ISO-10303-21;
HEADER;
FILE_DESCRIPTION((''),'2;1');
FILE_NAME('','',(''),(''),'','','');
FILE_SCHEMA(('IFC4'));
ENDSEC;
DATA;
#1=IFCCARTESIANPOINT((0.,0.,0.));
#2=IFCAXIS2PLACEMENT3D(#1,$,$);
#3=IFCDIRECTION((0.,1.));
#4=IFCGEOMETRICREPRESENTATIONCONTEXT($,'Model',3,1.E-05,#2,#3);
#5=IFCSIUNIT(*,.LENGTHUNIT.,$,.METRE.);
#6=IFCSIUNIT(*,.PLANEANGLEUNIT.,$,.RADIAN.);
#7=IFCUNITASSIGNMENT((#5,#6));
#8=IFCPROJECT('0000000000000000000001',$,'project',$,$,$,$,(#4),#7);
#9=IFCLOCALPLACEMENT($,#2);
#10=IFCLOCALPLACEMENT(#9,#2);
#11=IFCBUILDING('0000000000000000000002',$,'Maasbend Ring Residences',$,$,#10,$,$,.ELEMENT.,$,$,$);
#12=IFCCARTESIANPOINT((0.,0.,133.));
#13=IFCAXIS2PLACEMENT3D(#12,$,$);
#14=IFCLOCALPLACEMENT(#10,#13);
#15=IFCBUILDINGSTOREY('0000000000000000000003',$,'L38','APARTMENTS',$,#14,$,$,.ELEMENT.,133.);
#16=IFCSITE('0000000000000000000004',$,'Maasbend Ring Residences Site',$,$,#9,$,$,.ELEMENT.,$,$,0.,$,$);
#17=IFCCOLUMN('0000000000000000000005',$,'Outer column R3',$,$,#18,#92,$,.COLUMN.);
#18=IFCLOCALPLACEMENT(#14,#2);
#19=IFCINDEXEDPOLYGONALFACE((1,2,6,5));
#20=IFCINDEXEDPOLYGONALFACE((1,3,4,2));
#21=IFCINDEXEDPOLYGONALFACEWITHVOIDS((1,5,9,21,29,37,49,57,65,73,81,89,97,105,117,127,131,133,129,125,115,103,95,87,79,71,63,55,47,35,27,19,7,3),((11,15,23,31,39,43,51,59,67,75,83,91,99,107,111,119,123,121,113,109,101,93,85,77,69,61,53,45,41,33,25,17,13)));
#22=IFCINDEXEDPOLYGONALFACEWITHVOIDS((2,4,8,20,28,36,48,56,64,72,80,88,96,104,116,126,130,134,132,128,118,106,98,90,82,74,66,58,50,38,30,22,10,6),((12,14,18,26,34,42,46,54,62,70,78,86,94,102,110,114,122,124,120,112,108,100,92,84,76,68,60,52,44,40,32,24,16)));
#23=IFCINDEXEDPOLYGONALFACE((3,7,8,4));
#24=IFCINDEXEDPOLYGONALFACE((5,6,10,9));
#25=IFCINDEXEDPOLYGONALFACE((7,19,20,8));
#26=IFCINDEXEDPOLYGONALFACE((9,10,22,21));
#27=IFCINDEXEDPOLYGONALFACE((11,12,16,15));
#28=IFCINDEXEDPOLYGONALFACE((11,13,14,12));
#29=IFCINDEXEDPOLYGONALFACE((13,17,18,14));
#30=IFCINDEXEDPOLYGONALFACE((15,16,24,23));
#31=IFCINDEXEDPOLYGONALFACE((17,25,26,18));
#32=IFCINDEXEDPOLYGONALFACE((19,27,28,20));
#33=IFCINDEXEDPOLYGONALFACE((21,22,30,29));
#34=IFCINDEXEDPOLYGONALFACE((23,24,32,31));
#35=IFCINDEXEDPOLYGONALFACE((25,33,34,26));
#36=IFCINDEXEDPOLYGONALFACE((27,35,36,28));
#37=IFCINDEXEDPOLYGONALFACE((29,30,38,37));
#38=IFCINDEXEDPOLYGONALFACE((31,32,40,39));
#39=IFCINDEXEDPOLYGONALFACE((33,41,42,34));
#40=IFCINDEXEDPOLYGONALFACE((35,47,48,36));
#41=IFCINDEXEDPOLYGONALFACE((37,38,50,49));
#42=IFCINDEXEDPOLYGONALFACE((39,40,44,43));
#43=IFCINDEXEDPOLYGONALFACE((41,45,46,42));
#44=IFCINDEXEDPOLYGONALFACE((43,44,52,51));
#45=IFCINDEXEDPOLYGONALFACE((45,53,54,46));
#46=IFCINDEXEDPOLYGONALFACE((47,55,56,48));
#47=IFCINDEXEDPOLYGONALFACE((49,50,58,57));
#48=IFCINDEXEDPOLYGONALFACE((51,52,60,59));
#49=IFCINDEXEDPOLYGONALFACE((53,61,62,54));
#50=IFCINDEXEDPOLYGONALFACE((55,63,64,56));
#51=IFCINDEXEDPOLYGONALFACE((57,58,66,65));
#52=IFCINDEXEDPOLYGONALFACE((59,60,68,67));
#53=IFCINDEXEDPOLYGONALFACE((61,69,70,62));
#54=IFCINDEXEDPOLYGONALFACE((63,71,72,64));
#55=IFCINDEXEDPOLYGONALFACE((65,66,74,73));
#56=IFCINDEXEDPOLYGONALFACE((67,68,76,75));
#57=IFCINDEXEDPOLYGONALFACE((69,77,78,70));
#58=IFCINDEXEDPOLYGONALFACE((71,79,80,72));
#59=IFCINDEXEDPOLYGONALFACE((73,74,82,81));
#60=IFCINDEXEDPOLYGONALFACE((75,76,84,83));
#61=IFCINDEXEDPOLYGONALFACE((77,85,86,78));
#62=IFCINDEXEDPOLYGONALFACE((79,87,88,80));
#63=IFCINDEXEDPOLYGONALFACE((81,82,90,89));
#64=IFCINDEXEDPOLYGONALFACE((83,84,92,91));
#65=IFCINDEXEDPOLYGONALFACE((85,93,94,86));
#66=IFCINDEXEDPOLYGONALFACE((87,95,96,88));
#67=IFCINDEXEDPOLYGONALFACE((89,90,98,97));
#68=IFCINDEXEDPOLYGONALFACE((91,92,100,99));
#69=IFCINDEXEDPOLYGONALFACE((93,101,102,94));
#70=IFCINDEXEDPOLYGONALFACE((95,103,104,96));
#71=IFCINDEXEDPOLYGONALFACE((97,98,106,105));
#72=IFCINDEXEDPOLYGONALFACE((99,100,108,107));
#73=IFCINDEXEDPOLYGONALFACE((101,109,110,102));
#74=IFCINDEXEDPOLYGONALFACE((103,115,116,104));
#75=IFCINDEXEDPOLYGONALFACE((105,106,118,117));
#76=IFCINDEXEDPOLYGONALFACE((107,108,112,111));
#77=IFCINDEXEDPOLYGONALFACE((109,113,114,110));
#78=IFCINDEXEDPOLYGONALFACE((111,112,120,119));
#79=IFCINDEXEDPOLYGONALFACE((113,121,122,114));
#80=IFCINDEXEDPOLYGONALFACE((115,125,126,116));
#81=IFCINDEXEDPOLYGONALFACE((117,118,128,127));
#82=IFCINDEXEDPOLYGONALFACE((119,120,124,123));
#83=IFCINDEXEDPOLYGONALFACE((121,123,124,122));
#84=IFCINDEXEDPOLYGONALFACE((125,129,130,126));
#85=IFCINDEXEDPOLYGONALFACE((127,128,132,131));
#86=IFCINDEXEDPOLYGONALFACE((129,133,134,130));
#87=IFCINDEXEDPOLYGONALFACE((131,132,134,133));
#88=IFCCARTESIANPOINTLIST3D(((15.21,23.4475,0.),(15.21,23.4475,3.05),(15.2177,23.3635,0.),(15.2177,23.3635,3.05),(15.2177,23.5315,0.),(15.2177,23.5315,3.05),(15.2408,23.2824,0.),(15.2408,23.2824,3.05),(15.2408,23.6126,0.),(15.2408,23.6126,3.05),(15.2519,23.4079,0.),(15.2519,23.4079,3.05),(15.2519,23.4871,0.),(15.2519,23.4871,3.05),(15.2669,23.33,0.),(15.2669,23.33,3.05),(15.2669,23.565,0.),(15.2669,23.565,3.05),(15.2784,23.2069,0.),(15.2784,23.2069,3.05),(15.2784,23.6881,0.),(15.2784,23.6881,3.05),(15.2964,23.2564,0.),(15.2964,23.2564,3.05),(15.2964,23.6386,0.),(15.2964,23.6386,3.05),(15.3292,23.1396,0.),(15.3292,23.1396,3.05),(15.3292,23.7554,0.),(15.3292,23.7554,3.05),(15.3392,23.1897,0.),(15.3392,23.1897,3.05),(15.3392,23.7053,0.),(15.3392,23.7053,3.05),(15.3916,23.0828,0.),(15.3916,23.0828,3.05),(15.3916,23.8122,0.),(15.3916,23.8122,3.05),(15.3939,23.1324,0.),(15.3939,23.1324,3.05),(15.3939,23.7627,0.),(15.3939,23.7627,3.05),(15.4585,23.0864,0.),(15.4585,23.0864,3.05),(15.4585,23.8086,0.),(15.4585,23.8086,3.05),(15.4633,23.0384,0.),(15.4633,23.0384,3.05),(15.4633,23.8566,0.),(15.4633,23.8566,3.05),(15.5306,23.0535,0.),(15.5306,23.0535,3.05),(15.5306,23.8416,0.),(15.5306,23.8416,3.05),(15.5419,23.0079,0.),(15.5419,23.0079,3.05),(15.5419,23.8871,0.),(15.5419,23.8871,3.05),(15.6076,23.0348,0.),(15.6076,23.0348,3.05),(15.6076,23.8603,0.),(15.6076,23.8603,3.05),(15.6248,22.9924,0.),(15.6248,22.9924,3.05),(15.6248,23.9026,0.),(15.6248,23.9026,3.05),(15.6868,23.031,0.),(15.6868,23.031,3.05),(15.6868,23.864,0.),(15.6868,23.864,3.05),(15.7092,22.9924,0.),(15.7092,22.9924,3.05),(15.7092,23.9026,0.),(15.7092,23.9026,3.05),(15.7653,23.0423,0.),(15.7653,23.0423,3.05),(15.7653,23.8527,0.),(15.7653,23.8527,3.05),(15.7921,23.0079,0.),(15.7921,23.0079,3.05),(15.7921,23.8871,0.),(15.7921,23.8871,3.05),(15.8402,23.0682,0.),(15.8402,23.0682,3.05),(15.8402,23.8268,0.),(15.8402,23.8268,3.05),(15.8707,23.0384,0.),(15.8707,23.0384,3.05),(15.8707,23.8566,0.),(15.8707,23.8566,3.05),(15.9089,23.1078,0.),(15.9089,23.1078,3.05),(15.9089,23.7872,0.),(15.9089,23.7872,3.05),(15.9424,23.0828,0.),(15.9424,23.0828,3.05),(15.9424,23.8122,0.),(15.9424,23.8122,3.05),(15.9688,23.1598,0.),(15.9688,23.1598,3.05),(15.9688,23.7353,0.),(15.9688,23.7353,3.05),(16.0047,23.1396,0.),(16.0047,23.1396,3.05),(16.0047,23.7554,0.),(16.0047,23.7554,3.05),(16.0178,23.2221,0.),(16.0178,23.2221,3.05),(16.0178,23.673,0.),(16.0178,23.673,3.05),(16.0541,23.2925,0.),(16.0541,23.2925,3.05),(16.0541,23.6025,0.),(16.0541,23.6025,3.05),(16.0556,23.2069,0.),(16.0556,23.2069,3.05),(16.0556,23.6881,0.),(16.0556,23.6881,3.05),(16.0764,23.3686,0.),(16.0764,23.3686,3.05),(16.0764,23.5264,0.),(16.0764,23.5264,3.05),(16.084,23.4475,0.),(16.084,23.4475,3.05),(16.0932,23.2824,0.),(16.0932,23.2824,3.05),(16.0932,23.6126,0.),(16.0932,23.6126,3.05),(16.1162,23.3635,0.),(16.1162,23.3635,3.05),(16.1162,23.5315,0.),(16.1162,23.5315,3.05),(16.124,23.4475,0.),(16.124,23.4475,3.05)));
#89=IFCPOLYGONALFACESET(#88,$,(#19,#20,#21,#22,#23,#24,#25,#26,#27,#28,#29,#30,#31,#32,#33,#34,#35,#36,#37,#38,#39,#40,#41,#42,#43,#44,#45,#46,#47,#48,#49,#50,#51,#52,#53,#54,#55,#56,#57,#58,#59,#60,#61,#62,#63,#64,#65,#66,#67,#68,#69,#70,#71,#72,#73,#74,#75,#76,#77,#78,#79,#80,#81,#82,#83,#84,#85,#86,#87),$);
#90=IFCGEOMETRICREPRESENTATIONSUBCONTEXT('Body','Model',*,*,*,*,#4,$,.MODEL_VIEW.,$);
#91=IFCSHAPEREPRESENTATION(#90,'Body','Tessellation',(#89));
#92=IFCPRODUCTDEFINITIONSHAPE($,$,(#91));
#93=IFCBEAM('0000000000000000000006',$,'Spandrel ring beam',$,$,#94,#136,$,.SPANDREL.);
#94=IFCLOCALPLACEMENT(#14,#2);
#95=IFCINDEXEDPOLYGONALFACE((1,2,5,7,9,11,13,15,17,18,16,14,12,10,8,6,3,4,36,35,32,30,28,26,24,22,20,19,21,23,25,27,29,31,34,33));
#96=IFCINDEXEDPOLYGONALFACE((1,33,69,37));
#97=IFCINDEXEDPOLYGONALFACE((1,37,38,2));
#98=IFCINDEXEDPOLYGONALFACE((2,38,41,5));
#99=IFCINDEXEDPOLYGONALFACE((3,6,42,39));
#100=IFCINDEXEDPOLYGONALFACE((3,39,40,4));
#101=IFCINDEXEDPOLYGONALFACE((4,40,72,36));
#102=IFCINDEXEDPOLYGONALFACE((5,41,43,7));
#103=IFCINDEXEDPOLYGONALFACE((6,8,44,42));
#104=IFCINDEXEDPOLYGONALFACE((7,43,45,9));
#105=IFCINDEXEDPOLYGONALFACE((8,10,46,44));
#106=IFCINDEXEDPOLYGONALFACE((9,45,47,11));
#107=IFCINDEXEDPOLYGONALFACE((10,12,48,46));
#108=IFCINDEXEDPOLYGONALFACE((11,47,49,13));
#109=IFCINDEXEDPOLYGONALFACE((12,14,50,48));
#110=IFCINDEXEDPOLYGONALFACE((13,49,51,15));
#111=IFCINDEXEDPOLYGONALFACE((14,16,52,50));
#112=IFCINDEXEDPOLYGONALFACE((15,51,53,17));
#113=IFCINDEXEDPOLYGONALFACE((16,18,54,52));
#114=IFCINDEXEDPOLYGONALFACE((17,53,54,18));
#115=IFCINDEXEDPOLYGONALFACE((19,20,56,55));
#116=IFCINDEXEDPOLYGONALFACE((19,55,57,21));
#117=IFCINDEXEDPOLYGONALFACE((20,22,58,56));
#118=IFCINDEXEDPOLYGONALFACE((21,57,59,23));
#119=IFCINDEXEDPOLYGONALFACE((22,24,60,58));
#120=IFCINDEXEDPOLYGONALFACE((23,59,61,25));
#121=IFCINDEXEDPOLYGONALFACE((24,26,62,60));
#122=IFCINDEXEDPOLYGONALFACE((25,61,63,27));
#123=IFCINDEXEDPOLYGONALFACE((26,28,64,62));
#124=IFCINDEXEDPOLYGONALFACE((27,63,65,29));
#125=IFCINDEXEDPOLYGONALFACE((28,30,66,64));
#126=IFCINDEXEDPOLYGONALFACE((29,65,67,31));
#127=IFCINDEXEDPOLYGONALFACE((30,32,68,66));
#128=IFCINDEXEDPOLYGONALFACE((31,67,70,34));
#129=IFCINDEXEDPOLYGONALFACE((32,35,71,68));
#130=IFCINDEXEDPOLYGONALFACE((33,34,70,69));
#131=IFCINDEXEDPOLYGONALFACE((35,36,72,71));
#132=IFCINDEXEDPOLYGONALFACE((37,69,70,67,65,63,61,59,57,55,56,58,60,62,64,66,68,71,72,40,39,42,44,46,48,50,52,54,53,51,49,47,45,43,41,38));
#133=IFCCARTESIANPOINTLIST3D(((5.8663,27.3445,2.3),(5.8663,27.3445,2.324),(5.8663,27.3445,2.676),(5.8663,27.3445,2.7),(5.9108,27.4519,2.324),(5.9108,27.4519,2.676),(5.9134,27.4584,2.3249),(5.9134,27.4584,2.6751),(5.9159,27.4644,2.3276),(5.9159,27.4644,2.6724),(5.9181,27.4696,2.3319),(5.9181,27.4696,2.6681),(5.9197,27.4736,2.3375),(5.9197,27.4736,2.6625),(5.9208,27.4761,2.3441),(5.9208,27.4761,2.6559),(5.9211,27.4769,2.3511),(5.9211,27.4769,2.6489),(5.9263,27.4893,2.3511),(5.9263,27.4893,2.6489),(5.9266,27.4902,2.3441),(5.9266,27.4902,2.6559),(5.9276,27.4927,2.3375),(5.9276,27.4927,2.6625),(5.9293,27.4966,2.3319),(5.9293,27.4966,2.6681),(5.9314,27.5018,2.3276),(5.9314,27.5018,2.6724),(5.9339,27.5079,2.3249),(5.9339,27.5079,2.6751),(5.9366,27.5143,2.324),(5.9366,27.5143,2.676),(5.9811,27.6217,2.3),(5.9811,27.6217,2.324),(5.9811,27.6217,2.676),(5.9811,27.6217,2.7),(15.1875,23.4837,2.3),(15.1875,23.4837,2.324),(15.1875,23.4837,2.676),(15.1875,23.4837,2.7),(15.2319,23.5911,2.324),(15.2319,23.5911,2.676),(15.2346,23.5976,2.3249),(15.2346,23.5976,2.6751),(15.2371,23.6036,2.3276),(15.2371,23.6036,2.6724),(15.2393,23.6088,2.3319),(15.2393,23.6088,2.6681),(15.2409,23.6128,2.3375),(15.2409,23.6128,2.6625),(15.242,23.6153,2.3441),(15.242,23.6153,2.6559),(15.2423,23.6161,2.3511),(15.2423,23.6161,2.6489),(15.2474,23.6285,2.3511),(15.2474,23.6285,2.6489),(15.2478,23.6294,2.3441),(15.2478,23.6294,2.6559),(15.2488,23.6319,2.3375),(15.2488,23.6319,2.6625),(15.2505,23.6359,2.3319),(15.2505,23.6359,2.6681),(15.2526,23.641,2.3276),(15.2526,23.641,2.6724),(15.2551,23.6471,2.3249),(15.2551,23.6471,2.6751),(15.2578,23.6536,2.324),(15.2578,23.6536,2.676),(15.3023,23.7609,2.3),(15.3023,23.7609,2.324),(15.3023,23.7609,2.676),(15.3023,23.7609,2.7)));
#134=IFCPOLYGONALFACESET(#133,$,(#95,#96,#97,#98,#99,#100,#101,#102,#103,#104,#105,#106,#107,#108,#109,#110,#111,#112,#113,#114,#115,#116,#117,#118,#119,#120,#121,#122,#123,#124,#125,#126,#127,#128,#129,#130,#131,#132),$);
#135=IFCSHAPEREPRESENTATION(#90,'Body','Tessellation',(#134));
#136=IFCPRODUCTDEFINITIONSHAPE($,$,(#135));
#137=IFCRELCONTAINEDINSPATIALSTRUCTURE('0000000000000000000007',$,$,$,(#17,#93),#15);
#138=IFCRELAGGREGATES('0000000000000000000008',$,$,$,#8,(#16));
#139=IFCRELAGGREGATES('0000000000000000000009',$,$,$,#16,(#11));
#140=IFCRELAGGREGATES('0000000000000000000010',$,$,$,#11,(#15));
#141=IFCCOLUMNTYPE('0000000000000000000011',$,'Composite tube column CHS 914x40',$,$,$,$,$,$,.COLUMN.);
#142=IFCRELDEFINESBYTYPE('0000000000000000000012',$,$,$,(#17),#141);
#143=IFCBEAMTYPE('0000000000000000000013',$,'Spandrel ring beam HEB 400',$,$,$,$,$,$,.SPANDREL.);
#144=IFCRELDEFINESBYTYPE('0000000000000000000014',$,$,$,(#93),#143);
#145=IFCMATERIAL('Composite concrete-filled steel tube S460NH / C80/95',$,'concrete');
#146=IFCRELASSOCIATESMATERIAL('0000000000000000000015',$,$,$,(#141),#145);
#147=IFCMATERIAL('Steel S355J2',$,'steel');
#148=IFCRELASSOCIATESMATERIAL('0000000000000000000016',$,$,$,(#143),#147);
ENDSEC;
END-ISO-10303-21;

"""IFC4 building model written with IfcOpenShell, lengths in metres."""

from ifc_helpers import new_model, si_unit, direction, frame, origin, origin_2d, place, context, subcontext, project, spatial, hollow_circle, i_section, extrude, material, material_profile, profile_set, type_object, element, save


model = new_model("IFC4")

# Units and contexts
model_context = context("Model", 3, precision=1e-05, world=origin(), true_north=direction((0.0, 1.0)))
body_context = subcontext(model_context, "Body", "Model", "MODEL_VIEW")
ifc_project = project(units=[si_unit("LENGTHUNIT", "METRE"), si_unit("PLANEANGLEUNIT", "RADIAN")], contexts=[model_context])

# Site, building, storey
site_placement = place(None, origin())
site = spatial("IfcSite", under=ifc_project, at=site_placement, Name="Maasbend Ring Residences Site", CompositionType="ELEMENT", RefElevation=0.0)
building_placement = place(site_placement, origin())
building = spatial("IfcBuilding", under=site, at=building_placement, Name="Maasbend Ring Residences", CompositionType="ELEMENT")
storey_placement = place(building_placement, frame((0.0, 0.0, 133.0)))
storey = spatial("IfcBuildingStorey", under=building, at=storey_placement, Name="L38", Description="APARTMENTS", CompositionType="ELEMENT", Elevation=133.0)

# Column
ifc_material_1 = material(Name="Composite concrete-filled steel tube S460NH / C80/95", Category="concrete")
ifc_material_profile_1 = material_profile(ifc_material_1, hollow_circle(Radius=0.457, WallThickness=0.04, at=origin_2d()), Name="Composite tube column CHS 914x40")
ifc_profile_set_1 = profile_set([ifc_material_profile_1], Name="Composite concrete-filled steel tube S460NH / C80/95")
column_type = type_object("IfcColumnType", Name="Composite tube column CHS 914x40", PredefinedType="COLUMN", material=ifc_profile_set_1)
column_placement = place(storey_placement, frame((15.667, 23.4475, 0.0), z_axis=(0.0, 0.0, 1.0), x_axis=(1.0, 0.0, 0.0)))
element("IfcColumn", 1, at=column_placement, inside=storey, type_object=column_type, Name="Outer column R3", PredefinedType="COLUMN", context=body_context, shape_type="SweptSolid", body=[
    extrude(hollow_circle(Radius=0.457, WallThickness=0.04, at=origin_2d()), origin(), (0.0, 0.0, 1.0), 3.05),
])

# Beam
ifc_material_2 = material(Name="Steel S355J2", Category="steel")
ifc_material_profile_2 = material_profile(ifc_material_2, i_section(OverallWidth=0.3, OverallDepth=0.3999, WebThickness=0.0134, FlangeThickness=0.0239, FilletRadius=0.0271, at=origin_2d()), Name="HEB 400")
ifc_profile_set_2 = profile_set([ifc_material_profile_2], Name="Steel S355J2")
beam_type = type_object("IfcBeamType", Name="Spandrel ring beam HEB 400", PredefinedType="SPANDREL", material=ifc_profile_set_2)
beam_placement = place(storey_placement, frame((15.2449, 23.6223, 2.5), z_axis=(-0.923885, 0.38267, 0.0), x_axis=(-0.38267, -0.923885, 0.0)))
element("IfcBeam", 2, at=beam_placement, inside=storey, type_object=beam_type, Name="Spandrel ring beam", PredefinedType="SPANDREL", context=body_context, shape_type="SweptSolid", body=[
    extrude(i_section(OverallWidth=0.3, OverallDepth=0.3999, WebThickness=0.0134, FlangeThickness=0.0239, FilletRadius=0.0271, at=origin_2d()), origin(), (0.0, 0.0, 1.0), 10.0891),
])

save(model, "model.ifc")
